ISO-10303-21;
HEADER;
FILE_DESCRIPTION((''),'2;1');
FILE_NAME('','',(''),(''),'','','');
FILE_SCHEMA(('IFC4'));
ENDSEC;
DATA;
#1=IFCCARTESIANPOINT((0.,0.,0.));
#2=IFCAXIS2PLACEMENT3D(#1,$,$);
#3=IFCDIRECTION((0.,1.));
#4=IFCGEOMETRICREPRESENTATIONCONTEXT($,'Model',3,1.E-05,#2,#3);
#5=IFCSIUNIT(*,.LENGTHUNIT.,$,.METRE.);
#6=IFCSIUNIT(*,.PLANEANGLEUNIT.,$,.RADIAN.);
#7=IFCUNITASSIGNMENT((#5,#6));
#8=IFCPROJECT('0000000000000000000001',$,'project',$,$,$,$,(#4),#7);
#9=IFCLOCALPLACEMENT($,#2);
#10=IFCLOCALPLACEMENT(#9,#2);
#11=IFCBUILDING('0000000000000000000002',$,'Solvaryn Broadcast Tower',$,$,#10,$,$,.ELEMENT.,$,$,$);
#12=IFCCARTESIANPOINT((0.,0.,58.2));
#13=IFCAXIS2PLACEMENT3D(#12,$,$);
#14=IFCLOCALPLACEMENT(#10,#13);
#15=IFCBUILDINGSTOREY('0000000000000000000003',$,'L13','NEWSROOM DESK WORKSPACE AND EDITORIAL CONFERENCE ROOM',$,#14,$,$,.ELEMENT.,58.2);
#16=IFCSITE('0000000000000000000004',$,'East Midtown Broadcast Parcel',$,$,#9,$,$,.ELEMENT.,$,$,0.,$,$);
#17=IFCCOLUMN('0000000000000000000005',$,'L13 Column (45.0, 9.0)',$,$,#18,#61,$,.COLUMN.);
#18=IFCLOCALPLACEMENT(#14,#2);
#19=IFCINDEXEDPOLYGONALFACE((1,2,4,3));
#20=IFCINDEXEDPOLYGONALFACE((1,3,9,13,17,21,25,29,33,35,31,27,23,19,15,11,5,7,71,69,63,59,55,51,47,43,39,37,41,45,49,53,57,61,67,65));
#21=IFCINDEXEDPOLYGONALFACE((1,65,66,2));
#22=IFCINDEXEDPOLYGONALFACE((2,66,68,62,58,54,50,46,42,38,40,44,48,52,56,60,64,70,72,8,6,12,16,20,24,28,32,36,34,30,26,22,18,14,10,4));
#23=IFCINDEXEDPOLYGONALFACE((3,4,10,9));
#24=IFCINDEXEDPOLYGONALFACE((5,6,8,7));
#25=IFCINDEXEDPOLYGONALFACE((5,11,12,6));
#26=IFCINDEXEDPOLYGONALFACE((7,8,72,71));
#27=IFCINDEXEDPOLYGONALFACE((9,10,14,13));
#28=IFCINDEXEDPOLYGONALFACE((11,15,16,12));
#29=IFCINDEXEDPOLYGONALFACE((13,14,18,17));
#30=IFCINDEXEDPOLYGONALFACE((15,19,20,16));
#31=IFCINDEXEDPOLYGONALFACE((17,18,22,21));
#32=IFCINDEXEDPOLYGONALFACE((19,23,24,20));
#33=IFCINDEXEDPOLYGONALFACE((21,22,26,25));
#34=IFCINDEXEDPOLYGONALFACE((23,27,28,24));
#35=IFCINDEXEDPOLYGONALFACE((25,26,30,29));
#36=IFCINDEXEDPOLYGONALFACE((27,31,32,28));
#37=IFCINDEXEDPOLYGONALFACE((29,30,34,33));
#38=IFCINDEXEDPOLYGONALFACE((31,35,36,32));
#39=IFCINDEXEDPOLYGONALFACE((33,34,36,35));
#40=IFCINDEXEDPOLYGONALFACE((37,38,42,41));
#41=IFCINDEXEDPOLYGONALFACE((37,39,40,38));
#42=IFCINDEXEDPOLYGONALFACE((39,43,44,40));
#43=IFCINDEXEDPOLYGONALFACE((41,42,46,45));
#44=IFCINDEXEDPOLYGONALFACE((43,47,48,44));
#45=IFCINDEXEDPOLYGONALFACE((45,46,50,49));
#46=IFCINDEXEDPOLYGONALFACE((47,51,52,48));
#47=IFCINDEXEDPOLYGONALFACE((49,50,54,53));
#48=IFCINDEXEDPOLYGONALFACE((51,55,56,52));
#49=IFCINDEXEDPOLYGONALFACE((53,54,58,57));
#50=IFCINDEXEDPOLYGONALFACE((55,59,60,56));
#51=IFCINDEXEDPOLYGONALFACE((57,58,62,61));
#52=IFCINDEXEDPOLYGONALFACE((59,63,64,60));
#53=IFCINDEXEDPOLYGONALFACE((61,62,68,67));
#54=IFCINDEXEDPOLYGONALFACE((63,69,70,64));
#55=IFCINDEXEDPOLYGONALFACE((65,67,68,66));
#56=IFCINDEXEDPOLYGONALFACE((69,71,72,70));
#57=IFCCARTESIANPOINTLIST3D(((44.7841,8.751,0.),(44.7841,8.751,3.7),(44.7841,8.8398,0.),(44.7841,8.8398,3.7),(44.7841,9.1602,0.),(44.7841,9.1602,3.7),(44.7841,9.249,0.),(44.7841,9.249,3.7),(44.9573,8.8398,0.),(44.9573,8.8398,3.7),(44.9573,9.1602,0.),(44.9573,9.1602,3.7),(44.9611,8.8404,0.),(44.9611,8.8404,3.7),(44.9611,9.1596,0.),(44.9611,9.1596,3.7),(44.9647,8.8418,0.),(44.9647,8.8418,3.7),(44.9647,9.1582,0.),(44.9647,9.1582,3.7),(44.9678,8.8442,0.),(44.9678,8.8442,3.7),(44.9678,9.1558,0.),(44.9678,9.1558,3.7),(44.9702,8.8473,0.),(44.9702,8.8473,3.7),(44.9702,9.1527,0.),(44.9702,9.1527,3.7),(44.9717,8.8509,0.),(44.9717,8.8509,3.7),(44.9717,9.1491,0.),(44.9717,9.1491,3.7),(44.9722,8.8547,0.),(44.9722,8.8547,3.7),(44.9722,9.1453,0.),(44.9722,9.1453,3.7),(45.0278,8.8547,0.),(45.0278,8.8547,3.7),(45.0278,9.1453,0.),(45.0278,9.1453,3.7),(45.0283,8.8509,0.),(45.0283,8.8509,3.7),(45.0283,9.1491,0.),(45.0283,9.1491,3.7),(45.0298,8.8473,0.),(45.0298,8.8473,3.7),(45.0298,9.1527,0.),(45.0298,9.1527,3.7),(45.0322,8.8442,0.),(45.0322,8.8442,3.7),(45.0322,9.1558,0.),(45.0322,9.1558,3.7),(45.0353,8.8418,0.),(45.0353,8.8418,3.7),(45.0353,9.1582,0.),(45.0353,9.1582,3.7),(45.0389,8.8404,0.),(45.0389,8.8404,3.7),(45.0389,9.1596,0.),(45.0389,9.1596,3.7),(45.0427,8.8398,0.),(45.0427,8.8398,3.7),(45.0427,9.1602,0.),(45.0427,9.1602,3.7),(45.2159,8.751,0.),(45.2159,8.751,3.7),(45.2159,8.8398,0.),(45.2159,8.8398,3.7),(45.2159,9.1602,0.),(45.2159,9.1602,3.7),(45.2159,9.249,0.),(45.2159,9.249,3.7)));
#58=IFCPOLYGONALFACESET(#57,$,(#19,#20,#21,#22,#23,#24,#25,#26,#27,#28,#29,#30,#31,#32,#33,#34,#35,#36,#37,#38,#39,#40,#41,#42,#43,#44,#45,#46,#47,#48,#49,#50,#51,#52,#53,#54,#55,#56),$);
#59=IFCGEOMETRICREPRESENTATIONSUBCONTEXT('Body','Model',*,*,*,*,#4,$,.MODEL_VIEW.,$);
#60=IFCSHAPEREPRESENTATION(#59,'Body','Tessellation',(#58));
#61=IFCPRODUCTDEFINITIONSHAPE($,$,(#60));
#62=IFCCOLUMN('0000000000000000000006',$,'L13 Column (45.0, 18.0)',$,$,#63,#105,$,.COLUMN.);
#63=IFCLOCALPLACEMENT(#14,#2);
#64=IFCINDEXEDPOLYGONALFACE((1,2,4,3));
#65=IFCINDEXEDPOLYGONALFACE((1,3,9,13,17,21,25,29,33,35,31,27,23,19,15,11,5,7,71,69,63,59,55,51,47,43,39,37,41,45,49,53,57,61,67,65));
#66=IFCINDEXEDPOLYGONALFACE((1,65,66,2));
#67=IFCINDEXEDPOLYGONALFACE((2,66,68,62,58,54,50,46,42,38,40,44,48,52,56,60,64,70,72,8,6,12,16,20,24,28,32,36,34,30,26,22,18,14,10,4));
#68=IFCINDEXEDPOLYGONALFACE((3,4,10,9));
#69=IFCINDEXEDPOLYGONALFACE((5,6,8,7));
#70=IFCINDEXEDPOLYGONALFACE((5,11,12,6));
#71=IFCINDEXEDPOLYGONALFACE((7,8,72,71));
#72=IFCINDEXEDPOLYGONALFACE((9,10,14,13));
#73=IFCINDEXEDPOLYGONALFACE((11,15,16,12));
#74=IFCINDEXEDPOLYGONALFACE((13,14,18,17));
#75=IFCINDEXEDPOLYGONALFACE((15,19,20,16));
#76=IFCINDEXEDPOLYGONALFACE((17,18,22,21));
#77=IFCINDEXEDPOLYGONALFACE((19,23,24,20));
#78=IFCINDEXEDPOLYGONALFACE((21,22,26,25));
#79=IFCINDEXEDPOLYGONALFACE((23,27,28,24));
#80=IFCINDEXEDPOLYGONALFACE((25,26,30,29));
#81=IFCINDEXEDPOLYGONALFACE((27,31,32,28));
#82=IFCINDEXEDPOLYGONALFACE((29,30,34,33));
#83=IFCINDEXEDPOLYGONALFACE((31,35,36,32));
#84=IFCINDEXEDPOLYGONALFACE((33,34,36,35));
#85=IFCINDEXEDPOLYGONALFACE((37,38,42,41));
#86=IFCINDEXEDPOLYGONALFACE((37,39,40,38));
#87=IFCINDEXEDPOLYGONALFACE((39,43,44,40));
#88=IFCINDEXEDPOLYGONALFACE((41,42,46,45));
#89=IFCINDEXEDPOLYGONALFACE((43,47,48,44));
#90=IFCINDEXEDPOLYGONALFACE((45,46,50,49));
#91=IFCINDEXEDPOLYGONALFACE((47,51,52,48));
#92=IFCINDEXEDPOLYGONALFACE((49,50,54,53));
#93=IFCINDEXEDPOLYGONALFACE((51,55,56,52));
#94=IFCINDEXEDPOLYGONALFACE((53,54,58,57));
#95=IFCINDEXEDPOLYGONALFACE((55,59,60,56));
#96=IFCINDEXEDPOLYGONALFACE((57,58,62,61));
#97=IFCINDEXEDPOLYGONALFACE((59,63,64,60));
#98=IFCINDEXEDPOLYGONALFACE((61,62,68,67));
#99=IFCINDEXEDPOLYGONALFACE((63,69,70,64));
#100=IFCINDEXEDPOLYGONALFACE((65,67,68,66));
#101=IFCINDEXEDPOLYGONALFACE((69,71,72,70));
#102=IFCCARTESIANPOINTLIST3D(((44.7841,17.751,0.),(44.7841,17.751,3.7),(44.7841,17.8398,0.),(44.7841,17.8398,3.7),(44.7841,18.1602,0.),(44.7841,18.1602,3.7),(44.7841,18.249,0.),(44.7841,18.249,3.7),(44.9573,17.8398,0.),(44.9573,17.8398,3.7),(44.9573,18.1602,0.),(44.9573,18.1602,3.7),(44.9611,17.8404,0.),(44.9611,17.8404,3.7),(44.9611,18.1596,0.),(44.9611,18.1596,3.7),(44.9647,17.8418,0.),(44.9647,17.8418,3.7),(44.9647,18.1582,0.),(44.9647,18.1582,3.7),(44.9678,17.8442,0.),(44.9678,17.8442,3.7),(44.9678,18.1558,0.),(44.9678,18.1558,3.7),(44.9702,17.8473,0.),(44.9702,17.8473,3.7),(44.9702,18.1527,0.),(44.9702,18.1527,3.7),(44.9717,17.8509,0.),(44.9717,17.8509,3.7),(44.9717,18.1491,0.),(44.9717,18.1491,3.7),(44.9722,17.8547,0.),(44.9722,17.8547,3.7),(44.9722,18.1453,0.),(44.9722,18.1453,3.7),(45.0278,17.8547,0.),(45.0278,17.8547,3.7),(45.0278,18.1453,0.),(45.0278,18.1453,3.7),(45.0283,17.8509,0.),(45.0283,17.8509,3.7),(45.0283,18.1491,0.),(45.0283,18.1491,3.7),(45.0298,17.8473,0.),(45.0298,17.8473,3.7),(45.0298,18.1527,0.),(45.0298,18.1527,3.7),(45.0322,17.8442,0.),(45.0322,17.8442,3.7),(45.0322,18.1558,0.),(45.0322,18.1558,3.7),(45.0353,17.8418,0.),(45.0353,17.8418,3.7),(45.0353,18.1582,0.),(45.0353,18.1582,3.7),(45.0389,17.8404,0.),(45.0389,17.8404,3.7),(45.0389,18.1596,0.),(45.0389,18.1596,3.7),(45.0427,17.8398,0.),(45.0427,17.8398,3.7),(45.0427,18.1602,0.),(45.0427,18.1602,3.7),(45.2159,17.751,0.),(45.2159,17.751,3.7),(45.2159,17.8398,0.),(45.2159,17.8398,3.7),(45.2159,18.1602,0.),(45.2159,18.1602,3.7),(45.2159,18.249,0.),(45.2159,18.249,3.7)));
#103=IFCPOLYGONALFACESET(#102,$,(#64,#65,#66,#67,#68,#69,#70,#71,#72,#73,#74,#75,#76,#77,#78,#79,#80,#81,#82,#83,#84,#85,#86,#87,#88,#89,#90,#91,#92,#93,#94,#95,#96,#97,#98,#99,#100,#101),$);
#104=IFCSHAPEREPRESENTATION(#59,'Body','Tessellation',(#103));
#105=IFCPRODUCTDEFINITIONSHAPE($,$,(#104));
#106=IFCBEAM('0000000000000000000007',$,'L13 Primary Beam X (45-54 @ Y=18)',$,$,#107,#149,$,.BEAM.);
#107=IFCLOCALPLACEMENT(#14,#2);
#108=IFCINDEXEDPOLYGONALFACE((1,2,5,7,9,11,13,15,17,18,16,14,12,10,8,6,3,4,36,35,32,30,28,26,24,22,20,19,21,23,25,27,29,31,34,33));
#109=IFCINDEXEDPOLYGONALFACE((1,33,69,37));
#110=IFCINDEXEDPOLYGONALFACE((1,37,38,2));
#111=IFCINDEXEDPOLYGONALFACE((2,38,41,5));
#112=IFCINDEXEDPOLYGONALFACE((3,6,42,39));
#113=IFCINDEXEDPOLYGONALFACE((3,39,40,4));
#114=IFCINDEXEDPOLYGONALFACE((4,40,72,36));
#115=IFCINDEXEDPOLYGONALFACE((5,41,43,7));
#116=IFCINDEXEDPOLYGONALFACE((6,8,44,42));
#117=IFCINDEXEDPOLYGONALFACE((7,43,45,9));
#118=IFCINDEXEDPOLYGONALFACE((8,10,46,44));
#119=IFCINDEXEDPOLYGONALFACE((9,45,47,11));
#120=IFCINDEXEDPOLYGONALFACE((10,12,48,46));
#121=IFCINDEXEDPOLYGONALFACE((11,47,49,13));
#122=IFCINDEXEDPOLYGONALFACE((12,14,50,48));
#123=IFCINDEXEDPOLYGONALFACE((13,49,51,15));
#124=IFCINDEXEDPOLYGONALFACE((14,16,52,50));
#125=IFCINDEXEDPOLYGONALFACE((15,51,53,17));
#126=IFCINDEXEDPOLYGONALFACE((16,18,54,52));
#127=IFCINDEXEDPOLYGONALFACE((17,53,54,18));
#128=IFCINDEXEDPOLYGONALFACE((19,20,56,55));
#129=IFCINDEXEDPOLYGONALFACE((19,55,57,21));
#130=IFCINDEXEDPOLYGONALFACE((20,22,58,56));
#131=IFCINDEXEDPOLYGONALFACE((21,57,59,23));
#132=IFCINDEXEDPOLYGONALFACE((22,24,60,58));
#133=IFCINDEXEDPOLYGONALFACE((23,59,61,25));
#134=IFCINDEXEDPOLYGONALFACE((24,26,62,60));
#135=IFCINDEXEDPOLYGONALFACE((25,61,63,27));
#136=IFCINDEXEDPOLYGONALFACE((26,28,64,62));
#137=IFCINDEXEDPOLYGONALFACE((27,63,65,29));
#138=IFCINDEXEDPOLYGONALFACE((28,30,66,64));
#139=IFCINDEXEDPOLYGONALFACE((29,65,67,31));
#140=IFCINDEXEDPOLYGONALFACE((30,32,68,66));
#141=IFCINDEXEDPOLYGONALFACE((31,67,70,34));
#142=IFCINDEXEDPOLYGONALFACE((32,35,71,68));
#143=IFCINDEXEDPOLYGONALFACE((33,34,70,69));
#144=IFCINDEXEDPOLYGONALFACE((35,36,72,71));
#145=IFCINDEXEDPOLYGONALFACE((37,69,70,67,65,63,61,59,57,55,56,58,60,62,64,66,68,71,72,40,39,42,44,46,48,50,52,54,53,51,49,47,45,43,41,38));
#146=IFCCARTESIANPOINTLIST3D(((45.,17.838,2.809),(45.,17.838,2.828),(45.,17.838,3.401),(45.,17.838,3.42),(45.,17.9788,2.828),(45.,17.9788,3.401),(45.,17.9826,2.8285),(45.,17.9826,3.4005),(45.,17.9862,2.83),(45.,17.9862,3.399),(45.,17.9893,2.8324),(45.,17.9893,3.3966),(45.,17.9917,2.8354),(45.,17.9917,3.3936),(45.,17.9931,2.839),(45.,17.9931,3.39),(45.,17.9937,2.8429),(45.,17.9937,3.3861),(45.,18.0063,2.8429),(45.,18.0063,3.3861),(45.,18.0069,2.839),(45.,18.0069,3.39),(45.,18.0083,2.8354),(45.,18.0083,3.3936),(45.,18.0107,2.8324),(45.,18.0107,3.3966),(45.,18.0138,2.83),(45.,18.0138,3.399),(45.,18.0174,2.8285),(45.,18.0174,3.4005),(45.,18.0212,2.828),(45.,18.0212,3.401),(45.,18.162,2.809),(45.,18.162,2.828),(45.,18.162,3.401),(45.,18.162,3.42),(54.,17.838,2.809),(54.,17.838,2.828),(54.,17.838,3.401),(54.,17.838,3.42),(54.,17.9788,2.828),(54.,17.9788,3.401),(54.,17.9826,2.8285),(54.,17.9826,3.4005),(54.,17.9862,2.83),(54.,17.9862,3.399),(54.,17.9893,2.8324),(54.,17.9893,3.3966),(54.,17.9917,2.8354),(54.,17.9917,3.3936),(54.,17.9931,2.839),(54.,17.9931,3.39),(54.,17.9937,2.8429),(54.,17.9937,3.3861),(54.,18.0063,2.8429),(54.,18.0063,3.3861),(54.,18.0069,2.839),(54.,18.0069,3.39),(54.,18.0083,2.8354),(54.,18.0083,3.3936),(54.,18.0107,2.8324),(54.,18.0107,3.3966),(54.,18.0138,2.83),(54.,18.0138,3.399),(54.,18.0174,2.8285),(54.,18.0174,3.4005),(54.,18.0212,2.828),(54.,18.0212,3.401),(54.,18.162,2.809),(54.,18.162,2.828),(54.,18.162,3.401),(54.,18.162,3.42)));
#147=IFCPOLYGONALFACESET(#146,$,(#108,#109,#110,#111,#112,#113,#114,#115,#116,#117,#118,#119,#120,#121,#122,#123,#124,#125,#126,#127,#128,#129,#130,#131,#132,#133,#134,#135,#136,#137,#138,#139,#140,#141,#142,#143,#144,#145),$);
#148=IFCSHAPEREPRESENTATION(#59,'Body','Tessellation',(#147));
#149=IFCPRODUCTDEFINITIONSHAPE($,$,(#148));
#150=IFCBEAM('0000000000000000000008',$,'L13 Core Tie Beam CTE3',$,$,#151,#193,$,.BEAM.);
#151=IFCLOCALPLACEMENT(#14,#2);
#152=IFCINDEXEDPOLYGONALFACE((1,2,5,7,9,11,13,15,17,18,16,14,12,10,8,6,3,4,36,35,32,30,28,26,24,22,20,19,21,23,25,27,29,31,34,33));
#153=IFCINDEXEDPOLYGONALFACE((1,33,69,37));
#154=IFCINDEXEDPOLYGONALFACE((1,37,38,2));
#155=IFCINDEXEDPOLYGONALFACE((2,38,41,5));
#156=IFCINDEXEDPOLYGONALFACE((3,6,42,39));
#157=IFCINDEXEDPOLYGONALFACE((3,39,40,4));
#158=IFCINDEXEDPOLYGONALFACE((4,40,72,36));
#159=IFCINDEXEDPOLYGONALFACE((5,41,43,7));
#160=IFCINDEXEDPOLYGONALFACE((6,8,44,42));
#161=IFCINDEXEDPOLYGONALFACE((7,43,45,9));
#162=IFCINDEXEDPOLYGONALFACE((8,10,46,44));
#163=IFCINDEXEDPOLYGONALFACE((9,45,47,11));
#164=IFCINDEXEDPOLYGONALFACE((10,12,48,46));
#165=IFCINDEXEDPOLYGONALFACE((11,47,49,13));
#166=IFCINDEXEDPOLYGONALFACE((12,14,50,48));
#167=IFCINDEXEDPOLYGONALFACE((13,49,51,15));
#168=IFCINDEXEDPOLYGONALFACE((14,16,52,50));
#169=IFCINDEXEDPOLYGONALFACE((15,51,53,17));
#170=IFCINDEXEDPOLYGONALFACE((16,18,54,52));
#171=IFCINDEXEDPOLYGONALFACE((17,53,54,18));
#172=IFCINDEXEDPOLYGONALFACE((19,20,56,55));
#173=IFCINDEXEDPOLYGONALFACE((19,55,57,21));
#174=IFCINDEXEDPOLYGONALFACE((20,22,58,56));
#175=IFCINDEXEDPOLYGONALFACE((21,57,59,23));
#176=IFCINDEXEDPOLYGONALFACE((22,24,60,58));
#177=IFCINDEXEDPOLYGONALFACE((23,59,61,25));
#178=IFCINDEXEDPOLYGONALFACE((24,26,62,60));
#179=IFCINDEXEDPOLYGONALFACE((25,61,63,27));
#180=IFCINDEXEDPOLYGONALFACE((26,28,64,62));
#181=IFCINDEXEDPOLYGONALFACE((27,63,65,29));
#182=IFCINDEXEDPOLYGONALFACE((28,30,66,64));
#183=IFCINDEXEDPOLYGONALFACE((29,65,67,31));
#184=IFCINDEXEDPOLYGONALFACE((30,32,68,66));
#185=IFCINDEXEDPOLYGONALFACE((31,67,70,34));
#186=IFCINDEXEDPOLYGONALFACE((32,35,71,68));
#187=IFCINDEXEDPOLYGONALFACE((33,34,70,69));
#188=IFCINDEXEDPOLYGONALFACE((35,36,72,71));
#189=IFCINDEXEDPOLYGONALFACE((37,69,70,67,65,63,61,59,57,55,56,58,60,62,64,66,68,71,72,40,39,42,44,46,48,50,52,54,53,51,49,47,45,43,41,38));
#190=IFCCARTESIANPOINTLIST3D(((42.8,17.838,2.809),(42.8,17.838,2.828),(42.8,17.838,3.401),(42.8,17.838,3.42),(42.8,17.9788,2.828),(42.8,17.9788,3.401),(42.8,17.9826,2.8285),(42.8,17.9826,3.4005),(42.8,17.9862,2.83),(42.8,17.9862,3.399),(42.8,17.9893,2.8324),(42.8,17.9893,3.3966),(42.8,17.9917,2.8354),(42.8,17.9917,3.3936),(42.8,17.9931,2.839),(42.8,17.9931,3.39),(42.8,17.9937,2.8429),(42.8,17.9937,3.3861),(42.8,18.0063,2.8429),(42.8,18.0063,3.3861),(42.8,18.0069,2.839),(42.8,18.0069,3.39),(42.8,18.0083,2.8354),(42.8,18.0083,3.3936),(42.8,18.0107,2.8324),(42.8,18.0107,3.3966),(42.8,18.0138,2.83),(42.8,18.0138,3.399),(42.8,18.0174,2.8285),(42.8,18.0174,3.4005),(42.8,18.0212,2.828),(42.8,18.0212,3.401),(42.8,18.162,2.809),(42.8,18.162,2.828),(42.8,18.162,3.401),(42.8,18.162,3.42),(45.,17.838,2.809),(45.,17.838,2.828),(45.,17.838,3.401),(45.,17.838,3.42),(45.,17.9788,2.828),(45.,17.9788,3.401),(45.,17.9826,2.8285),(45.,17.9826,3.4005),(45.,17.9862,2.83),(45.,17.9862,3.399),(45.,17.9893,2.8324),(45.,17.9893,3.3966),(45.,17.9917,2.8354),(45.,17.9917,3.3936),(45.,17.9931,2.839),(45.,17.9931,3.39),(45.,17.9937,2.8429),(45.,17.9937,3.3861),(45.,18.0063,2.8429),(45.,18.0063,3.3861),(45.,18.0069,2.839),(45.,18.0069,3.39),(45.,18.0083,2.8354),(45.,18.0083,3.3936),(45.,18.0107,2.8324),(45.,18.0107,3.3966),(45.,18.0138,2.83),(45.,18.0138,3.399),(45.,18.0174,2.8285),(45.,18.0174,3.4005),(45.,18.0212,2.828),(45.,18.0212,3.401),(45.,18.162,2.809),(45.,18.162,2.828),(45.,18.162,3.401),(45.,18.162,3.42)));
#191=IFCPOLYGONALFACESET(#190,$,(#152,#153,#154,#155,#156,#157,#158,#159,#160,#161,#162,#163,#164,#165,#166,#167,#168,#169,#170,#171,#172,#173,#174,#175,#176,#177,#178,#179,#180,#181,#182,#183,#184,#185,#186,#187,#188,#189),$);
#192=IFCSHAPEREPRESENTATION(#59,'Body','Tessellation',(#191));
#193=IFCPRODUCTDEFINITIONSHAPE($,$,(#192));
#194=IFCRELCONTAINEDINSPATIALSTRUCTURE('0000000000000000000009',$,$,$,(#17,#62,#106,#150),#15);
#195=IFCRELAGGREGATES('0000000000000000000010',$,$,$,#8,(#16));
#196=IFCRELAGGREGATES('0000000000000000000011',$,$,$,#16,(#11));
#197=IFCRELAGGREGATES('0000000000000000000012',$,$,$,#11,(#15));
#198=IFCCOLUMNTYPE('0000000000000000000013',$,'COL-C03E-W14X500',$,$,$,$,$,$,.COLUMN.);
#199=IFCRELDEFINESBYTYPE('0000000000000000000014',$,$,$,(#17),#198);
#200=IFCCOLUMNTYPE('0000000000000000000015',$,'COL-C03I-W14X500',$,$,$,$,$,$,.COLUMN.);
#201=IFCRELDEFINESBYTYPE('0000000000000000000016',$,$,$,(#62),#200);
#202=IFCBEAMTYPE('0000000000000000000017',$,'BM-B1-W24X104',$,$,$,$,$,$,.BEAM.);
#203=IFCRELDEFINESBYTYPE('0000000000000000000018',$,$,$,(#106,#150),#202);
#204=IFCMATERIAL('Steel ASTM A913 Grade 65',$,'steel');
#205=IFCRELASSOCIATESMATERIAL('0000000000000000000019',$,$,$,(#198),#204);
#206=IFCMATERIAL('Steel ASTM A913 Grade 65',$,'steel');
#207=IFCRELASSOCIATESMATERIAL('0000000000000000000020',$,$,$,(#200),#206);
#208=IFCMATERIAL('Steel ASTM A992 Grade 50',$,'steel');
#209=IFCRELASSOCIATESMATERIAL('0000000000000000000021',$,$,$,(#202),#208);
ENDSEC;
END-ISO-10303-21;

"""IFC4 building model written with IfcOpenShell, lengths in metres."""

from ifc_helpers import new_model, si_unit, direction, frame, origin, origin_2d, place, context, subcontext, project, spatial, i_section, extrude, material, material_profile, profile_set, type_object, element, save


model = new_model("IFC4")

# Units and contexts
model_context = context("Model", 3, precision=1e-05, world=origin(), true_north=direction((0.0, 1.0)))
body_context = subcontext(model_context, "Body", "Model", "MODEL_VIEW")
ifc_project = project(units=[si_unit("LENGTHUNIT", "METRE"), si_unit("PLANEANGLEUNIT", "RADIAN")], contexts=[model_context])

# Site, building, storey
site_placement = place(None, origin())
site = spatial("IfcSite", under=ifc_project, at=site_placement, Name="East Midtown Broadcast Parcel", CompositionType="ELEMENT", RefElevation=0.0)
building_placement = place(site_placement, origin())
building = spatial("IfcBuilding", under=site, at=building_placement, Name="Solvaryn Broadcast Tower", CompositionType="ELEMENT")
storey_placement = place(building_placement, frame((0.0, 0.0, 58.2)))
storey = spatial("IfcBuildingStorey", under=building, at=storey_placement, Name="L13", Description="NEWSROOM DESK WORKSPACE AND EDITORIAL CONFERENCE ROOM", CompositionType="ELEMENT", Elevation=58.2)

# Columns
ifc_material_1 = material(Name="Steel ASTM A913 Grade 65", Category="steel")
ifc_material_profile_1 = material_profile(ifc_material_1, i_section(OverallWidth=0.4319, OverallDepth=0.498, WebThickness=0.0557, FlangeThickness=0.0889, FilletRadius=0.0149, at=origin_2d()))
ifc_profile_set_1 = profile_set([ifc_material_profile_1], Name="Steel ASTM A913 Grade 65")
column_type_1 = type_object("IfcColumnType", Name="COL-C03E-W14X500", PredefinedType="COLUMN", material=ifc_profile_set_1)
column_1_placement = place(storey_placement, frame((45.0, 9.0, 0.0), z_axis=(0.0, 0.0, 1.0), x_axis=(1.0, 0.0, 0.0)))
element("IfcColumn", 1, at=column_1_placement, inside=storey, type_object=column_type_1, Name="L13 Column (45.0, 9.0)", PredefinedType="COLUMN", context=body_context, shape_type="SweptSolid", body=[
    extrude(i_section(OverallWidth=0.4319, OverallDepth=0.498, WebThickness=0.0557, FlangeThickness=0.0889, FilletRadius=0.0149, at=origin_2d()), origin(), (0.0, 0.0, 1.0), 3.7),
])
ifc_material_2 = material(Name="Steel ASTM A913 Grade 65", Category="steel")
ifc_material_profile_2 = material_profile(ifc_material_2, i_section(OverallWidth=0.4319, OverallDepth=0.498, WebThickness=0.0557, FlangeThickness=0.0889, FilletRadius=0.0149, at=origin_2d()))
ifc_profile_set_2 = profile_set([ifc_material_profile_2], Name="Steel ASTM A913 Grade 65")
column_type_2 = type_object("IfcColumnType", Name="COL-C03I-W14X500", PredefinedType="COLUMN", material=ifc_profile_set_2)
column_2_placement = place(storey_placement, frame((45.0, 18.0, 0.0), z_axis=(0.0, 0.0, 1.0), x_axis=(1.0, 0.0, 0.0)))
element("IfcColumn", 2, at=column_2_placement, inside=storey, type_object=column_type_2, Name="L13 Column (45.0, 18.0)", PredefinedType="COLUMN", context=body_context, shape_type="SweptSolid", body=[
    extrude(i_section(OverallWidth=0.4319, OverallDepth=0.498, WebThickness=0.0557, FlangeThickness=0.0889, FilletRadius=0.0149, at=origin_2d()), origin(), (0.0, 0.0, 1.0), 3.7),
])

# Beams
ifc_material_3 = material(Name="Steel ASTM A992 Grade 50", Category="steel")
ifc_material_profile_3 = material_profile(ifc_material_3, i_section(OverallWidth=0.324, OverallDepth=0.6111, WebThickness=0.0127, FlangeThickness=0.019, FilletRadius=0.0149, at=origin_2d()))
ifc_profile_set_3 = profile_set([ifc_material_profile_3], Name="Steel ASTM A992 Grade 50")
beam_type_1 = type_object("IfcBeamType", Name="BM-B1-W24X104", PredefinedType="BEAM", material=ifc_profile_set_3)
beam_1_placement = place(storey_placement, frame((45.0, 18.0, 3.1145), z_axis=(1.0, 0.0, 0.0), x_axis=(0.0, 1.0, 0.0)))
element("IfcBeam", 3, at=beam_1_placement, inside=storey, type_object=beam_type_1, Name="L13 Primary Beam X (45-54 @ Y=18)", PredefinedType="BEAM", context=body_context, shape_type="SweptSolid", body=[
    extrude(i_section(OverallWidth=0.324, OverallDepth=0.6111, WebThickness=0.0127, FlangeThickness=0.019, FilletRadius=0.0149, at=origin_2d()), origin(), (0.0, 0.0, 1.0), 9.0),
])
beam_2_placement = place(storey_placement, frame((42.8, 18.0, 3.1145), z_axis=(1.0, 0.0, 0.0), x_axis=(0.0, 1.0, 0.0)))
element("IfcBeam", 4, at=beam_2_placement, inside=storey, type_object=beam_type_1, Name="L13 Core Tie Beam CTE3", PredefinedType="BEAM", context=body_context, shape_type="SweptSolid", body=[
    extrude(i_section(OverallWidth=0.324, OverallDepth=0.6111, WebThickness=0.0127, FlangeThickness=0.019, FilletRadius=0.0149, at=origin_2d()), origin(), (0.0, 0.0, 1.0), 2.2),
])

save(model, "model.ifc")
